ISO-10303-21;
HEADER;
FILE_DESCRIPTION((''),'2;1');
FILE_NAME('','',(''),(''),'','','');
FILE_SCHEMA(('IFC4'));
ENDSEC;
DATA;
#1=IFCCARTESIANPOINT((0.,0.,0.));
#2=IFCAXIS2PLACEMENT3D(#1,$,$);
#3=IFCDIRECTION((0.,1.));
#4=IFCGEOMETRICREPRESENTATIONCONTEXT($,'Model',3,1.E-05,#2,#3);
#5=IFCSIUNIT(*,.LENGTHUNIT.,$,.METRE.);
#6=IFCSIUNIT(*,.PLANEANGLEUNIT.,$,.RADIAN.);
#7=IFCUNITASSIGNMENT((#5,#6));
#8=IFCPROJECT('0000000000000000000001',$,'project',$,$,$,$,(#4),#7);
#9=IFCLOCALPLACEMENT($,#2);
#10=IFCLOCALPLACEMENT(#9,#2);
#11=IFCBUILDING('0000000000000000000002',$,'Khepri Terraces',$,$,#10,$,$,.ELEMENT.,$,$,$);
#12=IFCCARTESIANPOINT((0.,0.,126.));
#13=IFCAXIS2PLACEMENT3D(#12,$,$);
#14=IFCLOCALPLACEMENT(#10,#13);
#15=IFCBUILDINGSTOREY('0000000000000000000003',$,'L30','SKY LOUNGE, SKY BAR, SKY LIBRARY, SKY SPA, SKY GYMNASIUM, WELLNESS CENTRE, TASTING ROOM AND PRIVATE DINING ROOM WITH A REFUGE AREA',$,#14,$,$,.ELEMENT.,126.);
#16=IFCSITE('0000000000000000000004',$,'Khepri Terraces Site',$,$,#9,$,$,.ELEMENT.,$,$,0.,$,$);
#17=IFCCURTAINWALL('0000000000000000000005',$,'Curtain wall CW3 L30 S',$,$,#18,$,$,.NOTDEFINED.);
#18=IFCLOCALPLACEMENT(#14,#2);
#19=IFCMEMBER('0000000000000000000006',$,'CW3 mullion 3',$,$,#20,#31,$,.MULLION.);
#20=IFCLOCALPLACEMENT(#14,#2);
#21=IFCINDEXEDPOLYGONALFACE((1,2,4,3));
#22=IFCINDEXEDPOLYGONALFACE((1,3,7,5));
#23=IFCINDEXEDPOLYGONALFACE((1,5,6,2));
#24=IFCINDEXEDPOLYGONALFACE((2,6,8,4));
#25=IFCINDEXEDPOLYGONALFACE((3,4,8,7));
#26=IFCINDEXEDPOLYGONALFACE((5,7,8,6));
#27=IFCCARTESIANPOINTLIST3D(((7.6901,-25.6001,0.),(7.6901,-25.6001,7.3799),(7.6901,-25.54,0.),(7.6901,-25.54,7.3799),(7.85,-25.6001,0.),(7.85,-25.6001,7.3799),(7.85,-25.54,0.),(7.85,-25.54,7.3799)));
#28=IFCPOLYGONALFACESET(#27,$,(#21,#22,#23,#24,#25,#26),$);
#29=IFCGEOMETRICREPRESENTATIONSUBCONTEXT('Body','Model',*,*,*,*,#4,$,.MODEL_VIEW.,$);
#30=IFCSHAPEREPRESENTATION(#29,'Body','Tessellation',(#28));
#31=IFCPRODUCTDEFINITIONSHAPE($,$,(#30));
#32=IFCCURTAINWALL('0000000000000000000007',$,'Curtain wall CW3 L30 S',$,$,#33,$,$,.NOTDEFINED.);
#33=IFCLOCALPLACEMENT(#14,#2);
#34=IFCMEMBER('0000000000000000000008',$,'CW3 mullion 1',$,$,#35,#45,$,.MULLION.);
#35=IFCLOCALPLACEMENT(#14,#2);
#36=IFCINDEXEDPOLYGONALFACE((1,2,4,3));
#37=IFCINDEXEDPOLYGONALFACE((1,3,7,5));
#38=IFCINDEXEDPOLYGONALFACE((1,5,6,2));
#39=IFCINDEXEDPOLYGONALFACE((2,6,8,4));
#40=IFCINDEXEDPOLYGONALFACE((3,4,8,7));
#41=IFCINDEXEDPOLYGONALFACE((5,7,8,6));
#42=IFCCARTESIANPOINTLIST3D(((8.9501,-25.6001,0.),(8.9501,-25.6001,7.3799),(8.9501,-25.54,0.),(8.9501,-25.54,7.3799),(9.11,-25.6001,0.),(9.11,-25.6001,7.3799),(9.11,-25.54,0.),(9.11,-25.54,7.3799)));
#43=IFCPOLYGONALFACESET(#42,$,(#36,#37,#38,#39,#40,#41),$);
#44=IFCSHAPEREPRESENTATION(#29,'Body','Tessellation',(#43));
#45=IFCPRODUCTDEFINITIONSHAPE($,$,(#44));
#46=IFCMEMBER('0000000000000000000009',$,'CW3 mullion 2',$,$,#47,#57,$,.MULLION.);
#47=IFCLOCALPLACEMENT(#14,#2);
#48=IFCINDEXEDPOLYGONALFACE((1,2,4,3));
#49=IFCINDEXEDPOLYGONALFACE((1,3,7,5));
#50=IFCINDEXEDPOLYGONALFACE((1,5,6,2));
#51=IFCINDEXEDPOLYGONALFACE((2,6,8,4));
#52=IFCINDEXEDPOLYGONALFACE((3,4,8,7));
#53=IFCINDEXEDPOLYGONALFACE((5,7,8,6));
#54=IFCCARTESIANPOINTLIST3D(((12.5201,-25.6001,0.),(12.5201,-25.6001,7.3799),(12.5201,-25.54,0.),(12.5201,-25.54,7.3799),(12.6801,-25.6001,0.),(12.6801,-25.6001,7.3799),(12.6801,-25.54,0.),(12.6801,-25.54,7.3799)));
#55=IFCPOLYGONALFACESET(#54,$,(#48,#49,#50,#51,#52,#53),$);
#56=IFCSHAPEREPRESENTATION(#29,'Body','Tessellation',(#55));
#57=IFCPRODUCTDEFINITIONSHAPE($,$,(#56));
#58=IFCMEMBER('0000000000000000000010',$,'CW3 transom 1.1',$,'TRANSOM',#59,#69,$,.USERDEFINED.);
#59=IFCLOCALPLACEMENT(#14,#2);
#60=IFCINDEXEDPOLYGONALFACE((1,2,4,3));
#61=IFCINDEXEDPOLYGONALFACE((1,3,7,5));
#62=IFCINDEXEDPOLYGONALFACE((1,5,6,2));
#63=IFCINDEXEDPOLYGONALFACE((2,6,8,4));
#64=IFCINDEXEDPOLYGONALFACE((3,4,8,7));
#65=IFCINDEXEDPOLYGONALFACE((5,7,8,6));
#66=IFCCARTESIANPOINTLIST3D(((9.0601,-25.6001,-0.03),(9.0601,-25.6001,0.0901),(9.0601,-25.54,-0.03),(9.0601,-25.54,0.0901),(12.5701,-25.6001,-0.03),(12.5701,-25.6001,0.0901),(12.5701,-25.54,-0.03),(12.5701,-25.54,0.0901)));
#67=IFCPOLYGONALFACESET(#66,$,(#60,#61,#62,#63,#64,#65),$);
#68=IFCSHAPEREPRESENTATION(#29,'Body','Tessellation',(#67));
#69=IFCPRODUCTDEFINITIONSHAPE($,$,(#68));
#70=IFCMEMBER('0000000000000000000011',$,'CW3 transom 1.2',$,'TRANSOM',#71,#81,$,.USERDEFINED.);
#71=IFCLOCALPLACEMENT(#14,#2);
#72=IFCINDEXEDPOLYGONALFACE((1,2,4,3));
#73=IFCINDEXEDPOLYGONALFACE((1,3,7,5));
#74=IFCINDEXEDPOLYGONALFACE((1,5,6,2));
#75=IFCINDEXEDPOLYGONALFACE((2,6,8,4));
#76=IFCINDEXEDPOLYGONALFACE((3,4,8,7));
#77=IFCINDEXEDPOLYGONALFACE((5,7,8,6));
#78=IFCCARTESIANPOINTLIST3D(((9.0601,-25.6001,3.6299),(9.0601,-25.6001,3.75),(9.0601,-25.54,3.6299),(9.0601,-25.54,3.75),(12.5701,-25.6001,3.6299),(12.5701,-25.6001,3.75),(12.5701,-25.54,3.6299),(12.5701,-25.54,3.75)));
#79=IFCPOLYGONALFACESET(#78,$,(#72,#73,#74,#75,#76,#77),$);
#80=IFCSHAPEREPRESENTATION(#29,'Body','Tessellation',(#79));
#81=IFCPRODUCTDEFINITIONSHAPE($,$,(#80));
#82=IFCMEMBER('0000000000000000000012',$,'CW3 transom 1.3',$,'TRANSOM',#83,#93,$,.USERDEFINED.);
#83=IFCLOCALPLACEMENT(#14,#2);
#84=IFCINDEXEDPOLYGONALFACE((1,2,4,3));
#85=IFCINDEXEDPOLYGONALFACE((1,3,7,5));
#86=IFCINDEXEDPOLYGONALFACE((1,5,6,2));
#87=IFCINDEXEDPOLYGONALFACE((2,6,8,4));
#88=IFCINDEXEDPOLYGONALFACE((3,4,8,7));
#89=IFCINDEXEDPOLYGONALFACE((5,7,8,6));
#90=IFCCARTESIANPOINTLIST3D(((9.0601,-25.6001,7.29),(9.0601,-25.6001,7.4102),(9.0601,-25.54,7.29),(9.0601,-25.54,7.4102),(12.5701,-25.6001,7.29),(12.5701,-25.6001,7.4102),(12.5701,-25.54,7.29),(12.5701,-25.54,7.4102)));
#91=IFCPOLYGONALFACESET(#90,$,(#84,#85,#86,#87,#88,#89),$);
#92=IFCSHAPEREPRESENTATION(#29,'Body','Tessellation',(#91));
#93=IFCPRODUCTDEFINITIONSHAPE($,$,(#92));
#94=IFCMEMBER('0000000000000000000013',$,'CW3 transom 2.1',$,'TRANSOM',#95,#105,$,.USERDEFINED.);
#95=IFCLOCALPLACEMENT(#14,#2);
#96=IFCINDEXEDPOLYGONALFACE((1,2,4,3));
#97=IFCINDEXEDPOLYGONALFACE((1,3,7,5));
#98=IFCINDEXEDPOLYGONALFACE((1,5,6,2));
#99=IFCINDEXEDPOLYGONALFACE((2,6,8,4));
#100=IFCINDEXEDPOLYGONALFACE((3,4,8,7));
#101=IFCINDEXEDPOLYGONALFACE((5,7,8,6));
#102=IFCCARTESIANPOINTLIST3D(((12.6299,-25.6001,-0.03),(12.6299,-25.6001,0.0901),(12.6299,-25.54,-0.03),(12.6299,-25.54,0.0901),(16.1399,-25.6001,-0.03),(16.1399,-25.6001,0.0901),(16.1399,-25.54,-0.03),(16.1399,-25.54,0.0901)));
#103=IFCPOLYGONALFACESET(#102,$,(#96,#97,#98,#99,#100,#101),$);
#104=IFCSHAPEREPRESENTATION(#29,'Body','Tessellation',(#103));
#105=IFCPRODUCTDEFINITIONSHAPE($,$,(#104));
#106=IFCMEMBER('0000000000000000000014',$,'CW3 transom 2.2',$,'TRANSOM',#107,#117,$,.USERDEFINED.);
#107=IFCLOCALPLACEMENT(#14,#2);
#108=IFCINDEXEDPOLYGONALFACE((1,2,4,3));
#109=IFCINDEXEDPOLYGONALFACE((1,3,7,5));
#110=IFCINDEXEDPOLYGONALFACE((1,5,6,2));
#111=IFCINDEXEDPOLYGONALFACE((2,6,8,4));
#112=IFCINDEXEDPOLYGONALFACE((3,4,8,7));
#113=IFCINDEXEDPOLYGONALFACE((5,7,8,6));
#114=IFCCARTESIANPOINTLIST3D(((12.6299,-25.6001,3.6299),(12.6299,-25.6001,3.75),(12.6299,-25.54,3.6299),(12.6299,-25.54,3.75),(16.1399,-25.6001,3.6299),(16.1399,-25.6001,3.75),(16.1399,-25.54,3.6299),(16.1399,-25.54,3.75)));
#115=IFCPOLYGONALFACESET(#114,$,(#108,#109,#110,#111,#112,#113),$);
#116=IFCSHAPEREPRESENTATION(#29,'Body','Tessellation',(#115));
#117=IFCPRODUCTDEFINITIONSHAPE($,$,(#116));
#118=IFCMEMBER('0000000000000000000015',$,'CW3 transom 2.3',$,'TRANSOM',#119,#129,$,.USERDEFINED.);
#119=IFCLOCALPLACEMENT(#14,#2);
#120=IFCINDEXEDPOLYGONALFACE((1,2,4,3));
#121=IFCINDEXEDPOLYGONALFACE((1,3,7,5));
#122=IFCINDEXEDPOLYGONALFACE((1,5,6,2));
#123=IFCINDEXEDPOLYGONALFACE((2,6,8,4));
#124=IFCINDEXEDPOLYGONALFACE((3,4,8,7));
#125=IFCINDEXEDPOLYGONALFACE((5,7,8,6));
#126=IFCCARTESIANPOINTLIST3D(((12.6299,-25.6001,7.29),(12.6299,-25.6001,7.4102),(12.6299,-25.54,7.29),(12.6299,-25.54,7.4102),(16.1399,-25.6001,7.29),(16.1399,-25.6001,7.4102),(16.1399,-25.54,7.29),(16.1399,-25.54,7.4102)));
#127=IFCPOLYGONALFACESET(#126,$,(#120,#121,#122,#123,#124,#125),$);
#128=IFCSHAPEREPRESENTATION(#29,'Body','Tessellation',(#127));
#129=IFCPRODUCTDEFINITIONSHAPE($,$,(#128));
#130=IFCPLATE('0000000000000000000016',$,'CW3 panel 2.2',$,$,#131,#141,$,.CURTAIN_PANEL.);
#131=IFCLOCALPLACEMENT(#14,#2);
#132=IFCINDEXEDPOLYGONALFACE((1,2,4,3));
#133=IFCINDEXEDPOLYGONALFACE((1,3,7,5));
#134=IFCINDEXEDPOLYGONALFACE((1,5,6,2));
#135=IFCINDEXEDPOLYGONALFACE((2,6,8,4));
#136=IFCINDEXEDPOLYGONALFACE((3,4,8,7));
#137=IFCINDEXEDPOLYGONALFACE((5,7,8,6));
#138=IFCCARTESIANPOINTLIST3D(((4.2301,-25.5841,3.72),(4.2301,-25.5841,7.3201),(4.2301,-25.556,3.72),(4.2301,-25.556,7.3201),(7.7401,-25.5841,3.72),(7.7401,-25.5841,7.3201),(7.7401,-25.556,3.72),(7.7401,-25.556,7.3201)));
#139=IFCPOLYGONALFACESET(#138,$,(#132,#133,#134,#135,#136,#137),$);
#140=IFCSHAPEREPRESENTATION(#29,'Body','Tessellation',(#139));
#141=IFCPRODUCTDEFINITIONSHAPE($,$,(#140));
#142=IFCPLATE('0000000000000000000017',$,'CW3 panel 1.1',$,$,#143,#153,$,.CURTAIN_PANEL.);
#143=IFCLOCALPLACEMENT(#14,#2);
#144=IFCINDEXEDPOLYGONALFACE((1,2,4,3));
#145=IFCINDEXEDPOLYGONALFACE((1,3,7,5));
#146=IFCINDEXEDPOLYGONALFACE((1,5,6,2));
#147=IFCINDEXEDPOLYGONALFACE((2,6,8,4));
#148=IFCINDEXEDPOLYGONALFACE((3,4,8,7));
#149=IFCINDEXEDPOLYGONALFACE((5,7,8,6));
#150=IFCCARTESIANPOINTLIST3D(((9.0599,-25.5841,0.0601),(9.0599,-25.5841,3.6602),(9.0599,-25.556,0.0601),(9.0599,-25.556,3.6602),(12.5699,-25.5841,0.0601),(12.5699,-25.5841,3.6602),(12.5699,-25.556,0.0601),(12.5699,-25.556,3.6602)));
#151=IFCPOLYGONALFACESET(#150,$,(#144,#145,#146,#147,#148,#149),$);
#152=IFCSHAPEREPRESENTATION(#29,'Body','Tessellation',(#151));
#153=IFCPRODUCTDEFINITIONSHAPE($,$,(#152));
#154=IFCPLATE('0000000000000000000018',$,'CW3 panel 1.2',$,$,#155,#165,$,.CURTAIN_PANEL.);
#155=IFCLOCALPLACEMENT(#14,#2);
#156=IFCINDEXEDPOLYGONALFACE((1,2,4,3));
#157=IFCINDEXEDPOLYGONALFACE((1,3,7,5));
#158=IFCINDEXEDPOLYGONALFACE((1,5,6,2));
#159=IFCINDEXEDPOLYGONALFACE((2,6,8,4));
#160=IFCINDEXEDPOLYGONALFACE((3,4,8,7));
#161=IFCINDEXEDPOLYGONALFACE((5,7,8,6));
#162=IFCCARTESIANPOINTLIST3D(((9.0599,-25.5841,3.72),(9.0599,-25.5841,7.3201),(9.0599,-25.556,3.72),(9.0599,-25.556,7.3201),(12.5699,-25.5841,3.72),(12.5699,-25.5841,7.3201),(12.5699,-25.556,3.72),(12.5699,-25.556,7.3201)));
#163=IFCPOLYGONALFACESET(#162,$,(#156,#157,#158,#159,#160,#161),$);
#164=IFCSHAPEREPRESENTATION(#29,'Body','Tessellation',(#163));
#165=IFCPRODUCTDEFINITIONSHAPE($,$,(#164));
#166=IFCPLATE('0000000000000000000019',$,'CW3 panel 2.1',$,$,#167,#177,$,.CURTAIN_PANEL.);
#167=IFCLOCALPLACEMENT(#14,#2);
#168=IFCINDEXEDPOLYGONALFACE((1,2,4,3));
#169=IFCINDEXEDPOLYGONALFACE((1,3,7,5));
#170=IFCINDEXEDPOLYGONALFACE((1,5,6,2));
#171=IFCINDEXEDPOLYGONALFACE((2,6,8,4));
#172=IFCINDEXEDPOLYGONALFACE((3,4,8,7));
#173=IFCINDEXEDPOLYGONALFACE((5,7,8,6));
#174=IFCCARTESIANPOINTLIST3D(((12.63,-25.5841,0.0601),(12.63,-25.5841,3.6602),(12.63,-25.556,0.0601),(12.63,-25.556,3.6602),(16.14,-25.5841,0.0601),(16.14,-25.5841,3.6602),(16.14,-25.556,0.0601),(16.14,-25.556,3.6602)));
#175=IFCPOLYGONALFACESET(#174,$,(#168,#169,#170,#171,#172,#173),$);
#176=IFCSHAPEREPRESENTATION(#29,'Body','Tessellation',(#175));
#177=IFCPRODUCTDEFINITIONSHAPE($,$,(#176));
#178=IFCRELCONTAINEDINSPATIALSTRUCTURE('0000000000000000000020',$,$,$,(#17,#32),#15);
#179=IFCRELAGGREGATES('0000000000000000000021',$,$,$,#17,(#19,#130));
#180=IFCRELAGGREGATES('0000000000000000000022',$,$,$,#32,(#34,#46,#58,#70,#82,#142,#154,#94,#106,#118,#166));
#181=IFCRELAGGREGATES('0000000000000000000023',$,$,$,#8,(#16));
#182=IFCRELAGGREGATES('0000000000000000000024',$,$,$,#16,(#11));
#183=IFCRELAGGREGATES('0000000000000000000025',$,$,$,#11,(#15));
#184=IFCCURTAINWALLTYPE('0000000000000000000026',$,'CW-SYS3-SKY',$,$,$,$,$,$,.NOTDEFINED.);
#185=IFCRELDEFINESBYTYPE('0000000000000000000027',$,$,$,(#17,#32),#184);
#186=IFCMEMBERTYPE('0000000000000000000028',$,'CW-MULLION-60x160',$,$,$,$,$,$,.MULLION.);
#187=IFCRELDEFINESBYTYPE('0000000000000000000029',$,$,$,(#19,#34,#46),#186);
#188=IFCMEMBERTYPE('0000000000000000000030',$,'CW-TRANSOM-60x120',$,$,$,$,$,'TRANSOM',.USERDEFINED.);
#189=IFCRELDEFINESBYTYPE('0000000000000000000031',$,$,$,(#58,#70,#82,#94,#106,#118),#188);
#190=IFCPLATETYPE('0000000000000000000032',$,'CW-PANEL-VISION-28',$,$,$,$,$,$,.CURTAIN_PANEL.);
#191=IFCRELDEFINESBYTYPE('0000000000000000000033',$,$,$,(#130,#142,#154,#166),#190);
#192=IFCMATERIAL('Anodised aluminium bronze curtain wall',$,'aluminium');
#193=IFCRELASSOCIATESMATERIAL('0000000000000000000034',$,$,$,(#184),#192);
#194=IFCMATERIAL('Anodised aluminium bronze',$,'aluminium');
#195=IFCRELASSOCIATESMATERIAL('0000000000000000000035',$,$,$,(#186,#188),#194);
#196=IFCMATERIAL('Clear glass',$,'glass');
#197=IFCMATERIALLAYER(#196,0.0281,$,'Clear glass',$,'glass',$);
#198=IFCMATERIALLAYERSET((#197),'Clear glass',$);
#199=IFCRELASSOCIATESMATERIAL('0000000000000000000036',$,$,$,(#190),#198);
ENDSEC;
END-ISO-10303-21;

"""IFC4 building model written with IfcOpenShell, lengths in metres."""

from ifc_helpers import new_model, si_unit, direction, frame, origin, origin_2d, place, context, subcontext, project, spatial, rectangle, extrude, material, layer, layer_set, material_profile, profile_set, type_object, element, aggregate, save


model = new_model("IFC4")

# Units and contexts
model_context = context("Model", 3, precision=1e-05, world=origin(), true_north=direction((0.0, 1.0)))
body_context = subcontext(model_context, "Body", "Model", "MODEL_VIEW")
ifc_project = project(units=[si_unit("LENGTHUNIT", "METRE"), si_unit("PLANEANGLEUNIT", "RADIAN")], contexts=[model_context])

# Site, building, storey
site_placement = place(None, origin())
site = spatial("IfcSite", under=ifc_project, at=site_placement, Name="Khepri Terraces Site", CompositionType="ELEMENT", RefElevation=0.0)
building_placement = place(site_placement, origin())
building = spatial("IfcBuilding", under=site, at=building_placement, Name="Khepri Terraces", CompositionType="ELEMENT")
storey_placement = place(building_placement, frame((0.0, 0.0, 126.0)))
storey = spatial("IfcBuildingStorey", under=building, at=storey_placement, Name="L30", Description="SKY LOUNGE, SKY BAR, SKY LIBRARY, SKY SPA, SKY GYMNASIUM, WELLNESS CENTRE, TASTING ROOM AND PRIVATE DINING ROOM WITH A REFUGE AREA", CompositionType="ELEMENT", Elevation=126.0)

# Curtain wall, member
ifc_material_1 = material(Name="Anodised aluminium bronze curtain wall", Category="aluminium")
curtain_wall_type = type_object("IfcCurtainWallType", Name="CW-SYS3-SKY", PredefinedType="NOTDEFINED", material=ifc_material_1)
curtain_wall_1_placement = place(storey_placement, origin())
curtain_wall_1 = element("IfcCurtainWall", 1, at=curtain_wall_1_placement, inside=storey, type_object=curtain_wall_type, Name="Curtain wall CW3 L30 S", PredefinedType="NOTDEFINED")
ifc_material_2 = material(Name="Anodised aluminium bronze", Category="aluminium")
ifc_material_profile_1 = material_profile(ifc_material_2, rectangle(XDim=0.0601, YDim=0.1599, at=origin_2d()), Name="Anodised aluminium bronze", Category="aluminium")
ifc_profile_set_1 = profile_set([ifc_material_profile_1], Name="Anodised aluminium bronze")
member_type_1 = type_object("IfcMemberType", Name="CW-MULLION-60x160", PredefinedType="MULLION", material=ifc_profile_set_1)
member_1_placement = place(storey_placement, frame((7.77, -25.5701, 0.0), z_axis=(0.0, 0.0, 1.0), x_axis=(0.0, 1.0, 0.0)))
member_1 = element("IfcMember", 2, at=member_1_placement, type_object=member_type_1, Name="CW3 mullion 3", PredefinedType="MULLION", context=body_context, shape_type="SweptSolid", body=[
    extrude(rectangle(XDim=0.0601, YDim=0.1599, at=origin_2d()), origin(), (0.0, 0.0, 1.0), 7.3799),
])

# Curtain wall, members
curtain_wall_2_placement = place(storey_placement, origin())
curtain_wall_2 = element("IfcCurtainWall", 3, at=curtain_wall_2_placement, inside=storey, type_object=curtain_wall_type, Name="Curtain wall CW3 L30 S", PredefinedType="NOTDEFINED")
member_2_placement = place(storey_placement, frame((9.03, -25.5701, 0.0), z_axis=(0.0, 0.0, 1.0), x_axis=(0.0, 1.0, 0.0)))
member_2 = element("IfcMember", 4, at=member_2_placement, type_object=member_type_1, Name="CW3 mullion 1", PredefinedType="MULLION", context=body_context, shape_type="SweptSolid", body=[
    extrude(rectangle(XDim=0.0601, YDim=0.1599, at=origin_2d()), origin(), (0.0, 0.0, 1.0), 7.3799),
])
member_3_placement = place(storey_placement, frame((12.6001, -25.5701, 0.0), z_axis=(0.0, 0.0, 1.0), x_axis=(0.0, 1.0, 0.0)))
member_3 = element("IfcMember", 5, at=member_3_placement, type_object=member_type_1, Name="CW3 mullion 2", PredefinedType="MULLION", context=body_context, shape_type="SweptSolid", body=[
    extrude(rectangle(XDim=0.0601, YDim=0.1599, at=origin_2d()), origin(), (0.0, 0.0, 1.0), 7.3799),
])
ifc_material_profile_2 = material_profile(ifc_material_2, rectangle(XDim=0.0601, YDim=0.1201, at=origin_2d()), Name="Anodised aluminium bronze", Category="aluminium")
ifc_profile_set_2 = profile_set([ifc_material_profile_2], Name="Anodised aluminium bronze")
member_type_2 = type_object("IfcMemberType", Name="CW-TRANSOM-60x120", ElementType="TRANSOM", PredefinedType="USERDEFINED", material=ifc_profile_set_2)
member_4_placement = place(storey_placement, frame((9.0601, -25.5701, 0.03), z_axis=(1.0, 0.0, 0.0), x_axis=(0.0, 1.0, 0.0)))
member_4 = element("IfcMember", 6, at=member_4_placement, type_object=member_type_2, Name="CW3 transom 1.1", ObjectType="TRANSOM", PredefinedType="USERDEFINED", context=body_context, shape_type="SweptSolid", body=[
    extrude(rectangle(XDim=0.0601, YDim=0.1201, at=origin_2d()), origin(), (0.0, 0.0, 1.0), 3.51),
])
member_5_placement = place(storey_placement, frame((9.0601, -25.5701, 3.6899), z_axis=(1.0, 0.0, 0.0), x_axis=(0.0, 1.0, 0.0)))
member_5 = element("IfcMember", 7, at=member_5_placement, type_object=member_type_2, Name="CW3 transom 1.2", ObjectType="TRANSOM", PredefinedType="USERDEFINED", context=body_context, shape_type="SweptSolid", body=[
    extrude(rectangle(XDim=0.0601, YDim=0.1201, at=origin_2d()), origin(), (0.0, 0.0, 1.0), 3.51),
])
member_6_placement = place(storey_placement, frame((9.0601, -25.5701, 7.3501), z_axis=(1.0, 0.0, 0.0), x_axis=(0.0, 1.0, 0.0)))
member_6 = element("IfcMember", 8, at=member_6_placement, type_object=member_type_2, Name="CW3 transom 1.3", ObjectType="TRANSOM", PredefinedType="USERDEFINED", context=body_context, shape_type="SweptSolid", body=[
    extrude(rectangle(XDim=0.0601, YDim=0.1201, at=origin_2d()), origin(), (0.0, 0.0, 1.0), 3.51),
])
member_7_placement = place(storey_placement, frame((12.6299, -25.5701, 0.03), z_axis=(1.0, 0.0, 0.0), x_axis=(0.0, 1.0, 0.0)))
member_7 = element("IfcMember", 9, at=member_7_placement, type_object=member_type_2, Name="CW3 transom 2.1", ObjectType="TRANSOM", PredefinedType="USERDEFINED", context=body_context, shape_type="SweptSolid", body=[
    extrude(rectangle(XDim=0.0601, YDim=0.1201, at=origin_2d()), origin(), (0.0, 0.0, 1.0), 3.51),
])
member_8_placement = place(storey_placement, frame((12.6299, -25.5701, 3.6899), z_axis=(1.0, 0.0, 0.0), x_axis=(0.0, 1.0, 0.0)))
member_8 = element("IfcMember", 10, at=member_8_placement, type_object=member_type_2, Name="CW3 transom 2.2", ObjectType="TRANSOM", PredefinedType="USERDEFINED", context=body_context, shape_type="SweptSolid", body=[
    extrude(rectangle(XDim=0.0601, YDim=0.1201, at=origin_2d()), origin(), (0.0, 0.0, 1.0), 3.51),
])
member_9_placement = place(storey_placement, frame((12.6299, -25.5701, 7.3501), z_axis=(1.0, 0.0, 0.0), x_axis=(0.0, 1.0, 0.0)))
member_9 = element("IfcMember", 11, at=member_9_placement, type_object=member_type_2, Name="CW3 transom 2.3", ObjectType="TRANSOM", PredefinedType="USERDEFINED", context=body_context, shape_type="SweptSolid", body=[
    extrude(rectangle(XDim=0.0601, YDim=0.1201, at=origin_2d()), origin(), (0.0, 0.0, 1.0), 3.51),
])

# Plates
ifc_material_3 = material(Name="Clear glass", Category="glass")
ifc_layer = layer(ifc_material_3, 0.0281, Name="Clear glass", Category="glass")
ifc_layer_set = layer_set([ifc_layer], Name="Clear glass")
plate_type = type_object("IfcPlateType", Name="CW-PANEL-VISION-28", PredefinedType="CURTAIN_PANEL", material=ifc_layer_set)
plate_1_placement = place(storey_placement, frame((5.9851, -25.5701, 3.72), z_axis=(0.0, 0.0, 1.0), x_axis=(1.0, 0.0, 0.0)))
plate_1 = element("IfcPlate", 12, at=plate_1_placement, type_object=plate_type, Name="CW3 panel 2.2", PredefinedType="CURTAIN_PANEL", context=body_context, shape_type="SweptSolid", body=[
    extrude(rectangle(XDim=3.51, YDim=0.0281, at=origin_2d()), origin(), (0.0, 0.0, 1.0), 3.6001),
])
aggregate(curtain_wall_1, [member_1, plate_1])
plate_2_placement = place(storey_placement, frame((10.8149, -25.5701, 0.0601), z_axis=(0.0, 0.0, 1.0), x_axis=(1.0, 0.0, 0.0)))
plate_2 = element("IfcPlate", 13, at=plate_2_placement, type_object=plate_type, Name="CW3 panel 1.1", PredefinedType="CURTAIN_PANEL", context=body_context, shape_type="SweptSolid", body=[
    extrude(rectangle(XDim=3.51, YDim=0.0281, at=origin_2d()), origin(), (0.0, 0.0, 1.0), 3.6001),
])
plate_3_placement = place(storey_placement, frame((10.8149, -25.5701, 3.72), z_axis=(0.0, 0.0, 1.0), x_axis=(1.0, 0.0, 0.0)))
plate_3 = element("IfcPlate", 14, at=plate_3_placement, type_object=plate_type, Name="CW3 panel 1.2", PredefinedType="CURTAIN_PANEL", context=body_context, shape_type="SweptSolid", body=[
    extrude(rectangle(XDim=3.51, YDim=0.0281, at=origin_2d()), origin(), (0.0, 0.0, 1.0), 3.6001),
])
plate_4_placement = place(storey_placement, frame((14.385, -25.5701, 0.0601), z_axis=(0.0, 0.0, 1.0), x_axis=(1.0, 0.0, 0.0)))
plate_4 = element("IfcPlate", 15, at=plate_4_placement, type_object=plate_type, Name="CW3 panel 2.1", PredefinedType="CURTAIN_PANEL", context=body_context, shape_type="SweptSolid", body=[
    extrude(rectangle(XDim=3.51, YDim=0.0281, at=origin_2d()), origin(), (0.0, 0.0, 1.0), 3.6001),
])
aggregate(curtain_wall_2, [member_2, member_3, member_4, member_5, member_6, plate_2, plate_3, member_7, member_8, member_9, plate_4])

save(model, "model.ifc")
